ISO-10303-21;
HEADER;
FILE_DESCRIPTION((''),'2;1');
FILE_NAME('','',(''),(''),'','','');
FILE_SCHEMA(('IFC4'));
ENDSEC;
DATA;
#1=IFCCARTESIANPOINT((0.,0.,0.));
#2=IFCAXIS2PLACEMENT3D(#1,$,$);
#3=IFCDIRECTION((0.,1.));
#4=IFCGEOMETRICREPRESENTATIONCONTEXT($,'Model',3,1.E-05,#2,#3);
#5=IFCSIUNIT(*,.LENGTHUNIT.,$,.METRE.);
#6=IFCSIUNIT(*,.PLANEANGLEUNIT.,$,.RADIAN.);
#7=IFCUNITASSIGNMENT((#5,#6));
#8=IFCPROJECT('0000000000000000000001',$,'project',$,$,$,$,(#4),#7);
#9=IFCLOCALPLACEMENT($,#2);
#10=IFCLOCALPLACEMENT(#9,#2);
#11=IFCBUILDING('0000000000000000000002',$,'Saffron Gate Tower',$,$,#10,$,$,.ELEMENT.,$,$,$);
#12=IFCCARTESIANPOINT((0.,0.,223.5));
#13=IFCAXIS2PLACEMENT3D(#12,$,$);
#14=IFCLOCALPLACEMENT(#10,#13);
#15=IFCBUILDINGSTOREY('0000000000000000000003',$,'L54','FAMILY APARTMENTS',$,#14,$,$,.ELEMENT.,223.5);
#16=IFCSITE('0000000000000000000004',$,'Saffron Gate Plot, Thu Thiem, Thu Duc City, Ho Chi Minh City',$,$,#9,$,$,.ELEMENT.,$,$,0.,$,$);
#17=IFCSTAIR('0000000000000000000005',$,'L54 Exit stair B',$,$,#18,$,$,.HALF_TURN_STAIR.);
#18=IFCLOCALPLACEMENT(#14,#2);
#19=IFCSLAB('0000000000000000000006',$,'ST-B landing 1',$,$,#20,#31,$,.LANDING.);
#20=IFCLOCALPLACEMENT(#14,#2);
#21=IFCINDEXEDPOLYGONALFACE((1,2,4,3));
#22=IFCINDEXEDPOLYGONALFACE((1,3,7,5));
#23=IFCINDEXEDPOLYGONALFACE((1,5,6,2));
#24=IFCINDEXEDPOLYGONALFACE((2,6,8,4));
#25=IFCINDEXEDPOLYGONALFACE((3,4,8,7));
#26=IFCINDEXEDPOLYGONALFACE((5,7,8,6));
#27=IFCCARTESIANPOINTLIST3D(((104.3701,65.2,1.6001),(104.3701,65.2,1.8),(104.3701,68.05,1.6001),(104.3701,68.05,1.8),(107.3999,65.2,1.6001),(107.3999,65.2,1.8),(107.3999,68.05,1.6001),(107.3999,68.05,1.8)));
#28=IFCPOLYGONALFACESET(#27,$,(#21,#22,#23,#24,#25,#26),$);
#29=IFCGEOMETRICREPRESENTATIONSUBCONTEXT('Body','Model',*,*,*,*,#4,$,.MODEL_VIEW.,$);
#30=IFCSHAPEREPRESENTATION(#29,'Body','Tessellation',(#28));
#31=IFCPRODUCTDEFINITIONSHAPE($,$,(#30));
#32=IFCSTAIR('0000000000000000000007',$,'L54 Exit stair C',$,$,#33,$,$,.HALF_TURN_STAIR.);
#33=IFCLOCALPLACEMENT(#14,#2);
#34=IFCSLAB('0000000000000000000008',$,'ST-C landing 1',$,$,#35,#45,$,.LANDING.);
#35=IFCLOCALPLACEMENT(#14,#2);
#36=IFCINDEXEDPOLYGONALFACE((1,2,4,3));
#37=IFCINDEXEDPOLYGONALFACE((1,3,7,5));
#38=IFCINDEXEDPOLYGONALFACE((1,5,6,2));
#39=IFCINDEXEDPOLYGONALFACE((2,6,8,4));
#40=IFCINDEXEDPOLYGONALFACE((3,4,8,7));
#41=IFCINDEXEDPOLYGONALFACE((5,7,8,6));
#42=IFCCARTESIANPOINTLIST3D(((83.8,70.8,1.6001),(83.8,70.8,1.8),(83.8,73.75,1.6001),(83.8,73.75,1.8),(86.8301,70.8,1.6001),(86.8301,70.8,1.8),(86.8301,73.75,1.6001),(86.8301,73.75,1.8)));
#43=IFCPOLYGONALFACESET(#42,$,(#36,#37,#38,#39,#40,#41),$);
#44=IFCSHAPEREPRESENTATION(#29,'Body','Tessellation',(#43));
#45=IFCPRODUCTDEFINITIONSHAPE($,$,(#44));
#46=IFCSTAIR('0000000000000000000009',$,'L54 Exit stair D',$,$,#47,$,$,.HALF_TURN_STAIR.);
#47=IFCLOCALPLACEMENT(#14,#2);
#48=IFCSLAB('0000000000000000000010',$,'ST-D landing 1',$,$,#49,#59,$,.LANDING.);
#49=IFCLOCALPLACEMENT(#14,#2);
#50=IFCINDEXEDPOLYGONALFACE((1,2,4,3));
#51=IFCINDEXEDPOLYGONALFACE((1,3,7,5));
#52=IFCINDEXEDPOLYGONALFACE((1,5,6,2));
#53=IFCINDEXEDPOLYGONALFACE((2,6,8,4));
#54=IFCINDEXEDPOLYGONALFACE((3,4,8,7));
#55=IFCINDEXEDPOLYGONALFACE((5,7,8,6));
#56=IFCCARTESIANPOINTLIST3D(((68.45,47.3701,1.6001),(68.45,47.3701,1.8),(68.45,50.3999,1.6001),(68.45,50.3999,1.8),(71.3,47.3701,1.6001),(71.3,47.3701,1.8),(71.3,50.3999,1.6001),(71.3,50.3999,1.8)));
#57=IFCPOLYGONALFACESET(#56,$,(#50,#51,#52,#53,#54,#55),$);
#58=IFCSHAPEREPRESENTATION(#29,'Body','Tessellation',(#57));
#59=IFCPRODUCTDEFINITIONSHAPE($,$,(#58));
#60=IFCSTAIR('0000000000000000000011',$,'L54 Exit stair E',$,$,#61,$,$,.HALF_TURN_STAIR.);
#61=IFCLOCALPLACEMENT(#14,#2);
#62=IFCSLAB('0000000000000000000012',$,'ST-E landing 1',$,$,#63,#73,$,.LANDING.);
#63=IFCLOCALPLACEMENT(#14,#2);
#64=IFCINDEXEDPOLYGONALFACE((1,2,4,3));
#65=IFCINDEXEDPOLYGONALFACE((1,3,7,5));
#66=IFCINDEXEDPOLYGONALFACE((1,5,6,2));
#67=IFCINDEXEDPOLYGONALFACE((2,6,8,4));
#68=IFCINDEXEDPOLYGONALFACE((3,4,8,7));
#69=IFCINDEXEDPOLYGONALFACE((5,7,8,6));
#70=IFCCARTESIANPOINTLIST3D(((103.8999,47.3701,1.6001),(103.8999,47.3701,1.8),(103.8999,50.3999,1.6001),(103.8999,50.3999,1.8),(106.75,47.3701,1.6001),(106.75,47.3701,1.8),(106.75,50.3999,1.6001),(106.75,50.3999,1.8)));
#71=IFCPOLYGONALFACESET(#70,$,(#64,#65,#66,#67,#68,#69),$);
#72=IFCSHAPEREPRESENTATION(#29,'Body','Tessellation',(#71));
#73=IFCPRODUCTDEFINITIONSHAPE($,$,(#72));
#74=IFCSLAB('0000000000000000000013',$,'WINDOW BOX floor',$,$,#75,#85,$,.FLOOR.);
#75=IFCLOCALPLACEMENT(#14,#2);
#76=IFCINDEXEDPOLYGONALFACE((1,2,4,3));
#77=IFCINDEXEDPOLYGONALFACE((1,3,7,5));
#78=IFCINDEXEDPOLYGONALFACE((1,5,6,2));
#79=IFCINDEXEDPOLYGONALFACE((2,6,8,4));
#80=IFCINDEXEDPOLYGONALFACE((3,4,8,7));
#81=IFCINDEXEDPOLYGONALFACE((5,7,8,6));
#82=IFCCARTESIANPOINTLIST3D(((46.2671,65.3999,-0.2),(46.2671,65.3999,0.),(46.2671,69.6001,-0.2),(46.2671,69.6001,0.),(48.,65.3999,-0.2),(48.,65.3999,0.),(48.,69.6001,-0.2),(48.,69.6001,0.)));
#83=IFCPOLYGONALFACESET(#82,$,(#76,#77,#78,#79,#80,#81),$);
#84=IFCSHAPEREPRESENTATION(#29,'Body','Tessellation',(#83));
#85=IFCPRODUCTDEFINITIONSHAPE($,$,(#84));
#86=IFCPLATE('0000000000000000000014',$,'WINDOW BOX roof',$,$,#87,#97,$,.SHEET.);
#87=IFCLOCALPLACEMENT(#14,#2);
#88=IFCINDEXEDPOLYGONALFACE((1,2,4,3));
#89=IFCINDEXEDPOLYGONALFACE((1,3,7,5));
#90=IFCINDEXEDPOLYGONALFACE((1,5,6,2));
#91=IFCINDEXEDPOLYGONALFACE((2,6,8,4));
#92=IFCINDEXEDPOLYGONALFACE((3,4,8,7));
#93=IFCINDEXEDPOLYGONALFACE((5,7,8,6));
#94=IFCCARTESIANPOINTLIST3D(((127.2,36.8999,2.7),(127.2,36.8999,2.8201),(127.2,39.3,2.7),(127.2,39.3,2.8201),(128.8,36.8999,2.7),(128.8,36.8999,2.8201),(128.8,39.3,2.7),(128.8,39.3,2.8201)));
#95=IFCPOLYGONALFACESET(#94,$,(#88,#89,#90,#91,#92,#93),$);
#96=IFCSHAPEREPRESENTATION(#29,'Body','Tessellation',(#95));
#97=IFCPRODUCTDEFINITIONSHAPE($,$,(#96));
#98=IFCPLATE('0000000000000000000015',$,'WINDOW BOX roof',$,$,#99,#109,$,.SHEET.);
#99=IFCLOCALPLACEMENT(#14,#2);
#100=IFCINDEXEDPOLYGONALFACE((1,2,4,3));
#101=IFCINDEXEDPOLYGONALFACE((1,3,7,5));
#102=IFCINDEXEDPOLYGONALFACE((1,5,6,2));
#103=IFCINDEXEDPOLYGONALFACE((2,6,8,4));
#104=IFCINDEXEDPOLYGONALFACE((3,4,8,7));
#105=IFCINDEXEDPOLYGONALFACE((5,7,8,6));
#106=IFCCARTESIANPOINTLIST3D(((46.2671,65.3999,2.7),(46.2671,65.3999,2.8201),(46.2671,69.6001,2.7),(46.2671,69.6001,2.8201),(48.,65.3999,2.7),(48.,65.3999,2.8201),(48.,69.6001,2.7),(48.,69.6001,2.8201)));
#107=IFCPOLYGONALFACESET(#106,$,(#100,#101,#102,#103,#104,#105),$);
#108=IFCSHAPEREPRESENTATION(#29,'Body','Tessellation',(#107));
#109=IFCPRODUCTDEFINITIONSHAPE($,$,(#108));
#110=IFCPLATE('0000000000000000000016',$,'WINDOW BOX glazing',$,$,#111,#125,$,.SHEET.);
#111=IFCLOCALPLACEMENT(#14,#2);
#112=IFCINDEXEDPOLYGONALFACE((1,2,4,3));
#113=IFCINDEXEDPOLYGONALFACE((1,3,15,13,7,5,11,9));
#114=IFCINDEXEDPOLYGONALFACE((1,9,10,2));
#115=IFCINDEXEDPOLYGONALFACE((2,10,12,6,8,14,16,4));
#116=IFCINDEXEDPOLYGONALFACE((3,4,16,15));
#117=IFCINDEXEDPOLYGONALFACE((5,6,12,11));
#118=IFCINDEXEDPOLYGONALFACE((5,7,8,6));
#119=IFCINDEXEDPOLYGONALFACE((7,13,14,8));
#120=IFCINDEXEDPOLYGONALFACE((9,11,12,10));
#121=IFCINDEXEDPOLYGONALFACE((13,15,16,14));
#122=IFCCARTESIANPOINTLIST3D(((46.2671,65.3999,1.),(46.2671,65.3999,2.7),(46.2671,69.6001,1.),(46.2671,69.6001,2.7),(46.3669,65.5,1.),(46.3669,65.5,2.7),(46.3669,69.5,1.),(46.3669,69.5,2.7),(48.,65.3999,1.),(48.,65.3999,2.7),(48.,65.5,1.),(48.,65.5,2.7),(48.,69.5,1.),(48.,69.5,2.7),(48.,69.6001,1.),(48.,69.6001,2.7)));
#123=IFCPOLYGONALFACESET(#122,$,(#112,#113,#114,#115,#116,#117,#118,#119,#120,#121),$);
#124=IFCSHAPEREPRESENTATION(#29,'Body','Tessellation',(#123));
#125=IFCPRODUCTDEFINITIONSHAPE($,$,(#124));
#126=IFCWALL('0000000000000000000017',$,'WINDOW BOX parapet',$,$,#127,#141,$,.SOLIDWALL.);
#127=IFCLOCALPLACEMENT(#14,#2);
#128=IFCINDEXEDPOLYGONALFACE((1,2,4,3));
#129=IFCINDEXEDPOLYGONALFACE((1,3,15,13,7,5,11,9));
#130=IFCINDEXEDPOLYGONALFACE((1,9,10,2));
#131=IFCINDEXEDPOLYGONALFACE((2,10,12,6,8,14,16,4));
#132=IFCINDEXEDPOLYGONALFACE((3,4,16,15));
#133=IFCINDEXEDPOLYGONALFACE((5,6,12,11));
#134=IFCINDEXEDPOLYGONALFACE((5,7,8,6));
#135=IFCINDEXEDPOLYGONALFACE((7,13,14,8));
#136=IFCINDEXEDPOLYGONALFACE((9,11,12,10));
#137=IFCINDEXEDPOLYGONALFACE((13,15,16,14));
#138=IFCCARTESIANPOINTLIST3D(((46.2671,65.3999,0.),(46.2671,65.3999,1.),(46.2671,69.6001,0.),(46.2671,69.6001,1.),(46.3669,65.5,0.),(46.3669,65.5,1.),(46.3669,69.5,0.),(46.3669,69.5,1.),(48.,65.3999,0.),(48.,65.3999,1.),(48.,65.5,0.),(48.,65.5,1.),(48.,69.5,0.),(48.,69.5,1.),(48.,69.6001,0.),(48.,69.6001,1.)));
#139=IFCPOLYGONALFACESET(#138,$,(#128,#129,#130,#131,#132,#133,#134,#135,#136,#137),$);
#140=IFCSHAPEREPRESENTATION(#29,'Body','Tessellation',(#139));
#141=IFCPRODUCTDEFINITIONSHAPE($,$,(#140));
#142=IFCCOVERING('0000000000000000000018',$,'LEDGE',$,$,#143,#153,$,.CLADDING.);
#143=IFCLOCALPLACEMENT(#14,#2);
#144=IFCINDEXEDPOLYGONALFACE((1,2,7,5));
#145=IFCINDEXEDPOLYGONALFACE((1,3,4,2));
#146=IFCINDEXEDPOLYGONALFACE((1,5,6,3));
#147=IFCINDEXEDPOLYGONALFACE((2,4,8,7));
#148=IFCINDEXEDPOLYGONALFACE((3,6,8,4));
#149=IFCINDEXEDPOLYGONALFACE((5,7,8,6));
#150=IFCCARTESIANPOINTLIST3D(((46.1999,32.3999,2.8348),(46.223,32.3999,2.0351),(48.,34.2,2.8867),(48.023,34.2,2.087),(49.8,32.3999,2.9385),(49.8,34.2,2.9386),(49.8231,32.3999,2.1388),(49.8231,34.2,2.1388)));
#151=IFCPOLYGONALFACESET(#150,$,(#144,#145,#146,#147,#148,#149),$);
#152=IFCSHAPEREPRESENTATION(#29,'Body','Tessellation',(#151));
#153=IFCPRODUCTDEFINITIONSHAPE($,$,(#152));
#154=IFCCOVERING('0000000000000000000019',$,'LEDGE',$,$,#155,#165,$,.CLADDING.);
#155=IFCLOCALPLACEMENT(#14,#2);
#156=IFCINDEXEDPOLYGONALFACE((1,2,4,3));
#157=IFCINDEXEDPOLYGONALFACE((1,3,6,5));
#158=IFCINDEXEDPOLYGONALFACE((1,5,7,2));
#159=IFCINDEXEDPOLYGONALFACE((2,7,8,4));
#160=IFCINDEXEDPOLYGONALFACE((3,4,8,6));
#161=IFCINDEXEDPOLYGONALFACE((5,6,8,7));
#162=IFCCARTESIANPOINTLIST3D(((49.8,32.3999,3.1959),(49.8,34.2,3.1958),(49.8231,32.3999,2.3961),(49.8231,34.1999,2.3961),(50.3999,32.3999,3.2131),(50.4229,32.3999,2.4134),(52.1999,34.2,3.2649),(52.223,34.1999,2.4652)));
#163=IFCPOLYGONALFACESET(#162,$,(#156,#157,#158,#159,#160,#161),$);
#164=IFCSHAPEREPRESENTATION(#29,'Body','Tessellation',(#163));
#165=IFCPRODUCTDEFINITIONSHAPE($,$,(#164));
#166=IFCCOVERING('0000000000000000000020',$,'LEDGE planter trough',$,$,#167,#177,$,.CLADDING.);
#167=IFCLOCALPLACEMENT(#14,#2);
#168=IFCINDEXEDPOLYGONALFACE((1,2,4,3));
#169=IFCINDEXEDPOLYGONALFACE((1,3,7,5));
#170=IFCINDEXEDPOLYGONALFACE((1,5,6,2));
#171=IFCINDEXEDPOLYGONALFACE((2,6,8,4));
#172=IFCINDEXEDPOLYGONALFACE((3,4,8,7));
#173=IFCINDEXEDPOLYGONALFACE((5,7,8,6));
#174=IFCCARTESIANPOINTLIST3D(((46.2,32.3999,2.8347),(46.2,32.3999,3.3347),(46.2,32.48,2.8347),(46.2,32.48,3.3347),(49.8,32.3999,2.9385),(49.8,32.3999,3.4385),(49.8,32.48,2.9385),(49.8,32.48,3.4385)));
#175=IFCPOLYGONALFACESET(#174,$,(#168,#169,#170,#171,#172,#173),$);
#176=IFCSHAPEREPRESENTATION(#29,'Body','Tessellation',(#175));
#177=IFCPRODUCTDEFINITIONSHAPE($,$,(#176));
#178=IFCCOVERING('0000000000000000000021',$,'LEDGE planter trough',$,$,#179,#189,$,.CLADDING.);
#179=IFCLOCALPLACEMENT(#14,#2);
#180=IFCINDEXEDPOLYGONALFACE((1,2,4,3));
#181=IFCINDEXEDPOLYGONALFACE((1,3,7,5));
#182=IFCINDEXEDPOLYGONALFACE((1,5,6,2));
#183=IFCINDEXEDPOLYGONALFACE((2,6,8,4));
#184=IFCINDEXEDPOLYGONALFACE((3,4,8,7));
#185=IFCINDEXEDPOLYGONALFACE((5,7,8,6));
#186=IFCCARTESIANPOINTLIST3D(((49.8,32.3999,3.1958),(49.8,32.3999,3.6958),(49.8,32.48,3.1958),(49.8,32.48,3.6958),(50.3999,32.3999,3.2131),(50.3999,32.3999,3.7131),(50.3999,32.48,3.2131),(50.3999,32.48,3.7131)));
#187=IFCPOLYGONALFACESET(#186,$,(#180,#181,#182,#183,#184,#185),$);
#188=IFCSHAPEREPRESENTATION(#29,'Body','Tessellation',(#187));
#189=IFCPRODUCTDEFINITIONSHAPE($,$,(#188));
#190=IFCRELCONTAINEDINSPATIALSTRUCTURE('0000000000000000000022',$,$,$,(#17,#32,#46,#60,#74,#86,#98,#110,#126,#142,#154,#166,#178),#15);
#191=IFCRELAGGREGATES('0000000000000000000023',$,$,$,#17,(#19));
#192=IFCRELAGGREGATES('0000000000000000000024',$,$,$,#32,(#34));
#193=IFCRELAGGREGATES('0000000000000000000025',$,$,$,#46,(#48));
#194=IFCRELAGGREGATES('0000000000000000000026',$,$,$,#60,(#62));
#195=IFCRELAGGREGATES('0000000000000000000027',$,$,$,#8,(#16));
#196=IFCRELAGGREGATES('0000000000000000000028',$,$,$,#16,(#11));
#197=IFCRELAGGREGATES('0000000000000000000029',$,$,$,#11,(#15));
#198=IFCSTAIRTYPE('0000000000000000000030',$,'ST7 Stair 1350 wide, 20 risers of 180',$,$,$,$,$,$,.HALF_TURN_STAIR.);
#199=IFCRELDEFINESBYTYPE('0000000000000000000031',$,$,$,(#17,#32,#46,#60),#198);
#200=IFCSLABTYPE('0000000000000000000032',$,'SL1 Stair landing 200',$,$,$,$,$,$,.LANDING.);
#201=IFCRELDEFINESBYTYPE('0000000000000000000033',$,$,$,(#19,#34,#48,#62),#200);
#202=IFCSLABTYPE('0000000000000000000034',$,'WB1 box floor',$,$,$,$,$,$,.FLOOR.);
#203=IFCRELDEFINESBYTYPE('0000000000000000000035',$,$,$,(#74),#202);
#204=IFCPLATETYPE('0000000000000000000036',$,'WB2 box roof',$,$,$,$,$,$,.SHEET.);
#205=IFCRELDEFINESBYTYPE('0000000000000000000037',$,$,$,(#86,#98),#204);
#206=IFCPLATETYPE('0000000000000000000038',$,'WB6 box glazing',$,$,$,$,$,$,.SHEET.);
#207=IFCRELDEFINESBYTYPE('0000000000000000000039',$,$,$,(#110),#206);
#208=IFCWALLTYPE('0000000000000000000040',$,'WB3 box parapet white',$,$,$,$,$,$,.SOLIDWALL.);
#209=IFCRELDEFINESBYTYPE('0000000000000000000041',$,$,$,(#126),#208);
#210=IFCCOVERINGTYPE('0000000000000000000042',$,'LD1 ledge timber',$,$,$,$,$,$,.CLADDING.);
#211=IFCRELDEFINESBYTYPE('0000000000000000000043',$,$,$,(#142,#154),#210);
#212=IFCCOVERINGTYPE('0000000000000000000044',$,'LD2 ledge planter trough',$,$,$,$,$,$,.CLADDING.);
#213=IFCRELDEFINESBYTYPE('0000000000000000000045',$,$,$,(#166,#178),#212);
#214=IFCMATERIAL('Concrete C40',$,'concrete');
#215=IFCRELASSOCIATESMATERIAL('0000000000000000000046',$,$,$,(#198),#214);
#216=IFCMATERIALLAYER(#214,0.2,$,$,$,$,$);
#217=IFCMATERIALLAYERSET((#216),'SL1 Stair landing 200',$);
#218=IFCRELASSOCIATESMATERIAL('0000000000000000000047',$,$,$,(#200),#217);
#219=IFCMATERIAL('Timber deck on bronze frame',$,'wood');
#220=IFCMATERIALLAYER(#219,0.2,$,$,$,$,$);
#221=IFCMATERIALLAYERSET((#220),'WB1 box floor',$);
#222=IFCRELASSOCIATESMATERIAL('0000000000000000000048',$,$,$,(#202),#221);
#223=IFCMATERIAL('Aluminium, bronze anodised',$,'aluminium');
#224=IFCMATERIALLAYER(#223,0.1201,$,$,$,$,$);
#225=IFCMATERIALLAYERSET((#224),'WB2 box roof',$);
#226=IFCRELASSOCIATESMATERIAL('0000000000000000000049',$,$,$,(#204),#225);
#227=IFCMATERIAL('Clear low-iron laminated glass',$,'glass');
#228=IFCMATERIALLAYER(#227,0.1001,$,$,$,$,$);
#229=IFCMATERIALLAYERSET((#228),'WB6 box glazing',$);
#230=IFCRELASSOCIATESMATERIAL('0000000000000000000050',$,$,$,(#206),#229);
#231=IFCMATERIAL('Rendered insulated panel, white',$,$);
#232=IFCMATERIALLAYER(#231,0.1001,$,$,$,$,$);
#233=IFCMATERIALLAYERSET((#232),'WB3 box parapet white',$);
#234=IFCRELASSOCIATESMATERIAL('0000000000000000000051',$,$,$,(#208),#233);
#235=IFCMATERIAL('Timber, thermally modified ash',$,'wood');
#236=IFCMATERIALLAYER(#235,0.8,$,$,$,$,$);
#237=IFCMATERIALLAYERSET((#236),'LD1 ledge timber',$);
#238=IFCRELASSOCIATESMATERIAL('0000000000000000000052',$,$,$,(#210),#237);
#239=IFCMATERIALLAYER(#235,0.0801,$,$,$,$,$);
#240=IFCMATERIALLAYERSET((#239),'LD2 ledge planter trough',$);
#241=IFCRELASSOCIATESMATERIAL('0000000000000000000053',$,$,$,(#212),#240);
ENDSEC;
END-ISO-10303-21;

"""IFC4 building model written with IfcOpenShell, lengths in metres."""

from ifc_helpers import new_model, si_unit, direction, frame, origin, place, context, subcontext, project, spatial, polyline, outline, extrude, material, layer, layer_set, type_object, element, aggregate, save


model = new_model("IFC4")

# Units and contexts
model_context = context("Model", 3, precision=1e-05, world=origin(), true_north=direction((0.0, 1.0)))
body_context = subcontext(model_context, "Body", "Model", "MODEL_VIEW")
ifc_project = project(units=[si_unit("LENGTHUNIT", "METRE"), si_unit("PLANEANGLEUNIT", "RADIAN")], contexts=[model_context])

# Site, building, storey
site_placement = place(None, origin())
site = spatial("IfcSite", under=ifc_project, at=site_placement, Name="Saffron Gate Plot, Thu Thiem, Thu Duc City, Ho Chi Minh City", CompositionType="ELEMENT", RefElevation=0.0)
building_placement = place(site_placement, origin())
building = spatial("IfcBuilding", under=site, at=building_placement, Name="Saffron Gate Tower", CompositionType="ELEMENT")
storey_placement = place(building_placement, frame((0.0, 0.0, 223.5)))
storey = spatial("IfcBuildingStorey", under=building, at=storey_placement, Name="L54", Description="FAMILY APARTMENTS", CompositionType="ELEMENT", Elevation=223.5)

# Shared definitions
ifc_material_1 = material(Name="Aluminium, bronze anodised", Category="aluminium")

# Stairs, slabs
ifc_material_2 = material(Name="Concrete C40", Category="concrete")
stair_type = type_object("IfcStairType", Name="ST7 Stair 1350 wide, 20 risers of 180", PredefinedType="HALF_TURN_STAIR", material=ifc_material_2)
ifc_layer_1 = layer(ifc_material_2, 0.2)
ifc_layer_set_1 = layer_set([ifc_layer_1], Name="SL1 Stair landing 200")
slab_type_1 = type_object("IfcSlabType", Name="SL1 Stair landing 200", PredefinedType="LANDING", material=ifc_layer_set_1)
stair_1_placement = place(storey_placement, origin())
stair_1 = element("IfcStair", 1, at=stair_1_placement, inside=storey, type_object=stair_type, Name="L54 Exit stair B", PredefinedType="HALF_TURN_STAIR")
slab_1_placement = place(storey_placement, frame((0.0, 0.0, 1.6001)))
slab_1 = element("IfcSlab", 2, at=slab_1_placement, type_object=slab_type_1, Name="ST-B landing 1", PredefinedType="LANDING", context=body_context, shape_type="SweptSolid", body=[
    extrude(outline(polyline([(104.3701, 65.2), (107.3999, 65.2), (107.3999, 68.05), (104.3701, 68.05), (104.3701, 65.2)])), origin(), (0.0, 0.0, 1.0), 0.2),
])
aggregate(stair_1, [slab_1])
stair_2_placement = place(storey_placement, origin())
stair_2 = element("IfcStair", 3, at=stair_2_placement, inside=storey, type_object=stair_type, Name="L54 Exit stair C", PredefinedType="HALF_TURN_STAIR")
slab_2_placement = place(storey_placement, frame((0.0, 0.0, 1.6001)))
slab_2 = element("IfcSlab", 4, at=slab_2_placement, type_object=slab_type_1, Name="ST-C landing 1", PredefinedType="LANDING", context=body_context, shape_type="SweptSolid", body=[
    extrude(outline(polyline([(86.8301, 73.75), (83.8, 73.75), (83.8, 70.8), (86.8301, 70.8), (86.8301, 73.75)])), origin(), (0.0, 0.0, 1.0), 0.2),
])
aggregate(stair_2, [slab_2])
stair_3_placement = place(storey_placement, origin())
stair_3 = element("IfcStair", 5, at=stair_3_placement, inside=storey, type_object=stair_type, Name="L54 Exit stair D", PredefinedType="HALF_TURN_STAIR")
slab_3_placement = place(storey_placement, frame((0.0, 0.0, 1.6001)))
slab_3 = element("IfcSlab", 6, at=slab_3_placement, type_object=slab_type_1, Name="ST-D landing 1", PredefinedType="LANDING", context=body_context, shape_type="SweptSolid", body=[
    extrude(outline(polyline([(71.3, 47.3701), (71.3, 50.3999), (68.45, 50.3999), (68.45, 47.3701), (71.3, 47.3701)])), origin(), (0.0, 0.0, 1.0), 0.2),
])
aggregate(stair_3, [slab_3])
stair_4_placement = place(storey_placement, origin())
stair_4 = element("IfcStair", 7, at=stair_4_placement, inside=storey, type_object=stair_type, Name="L54 Exit stair E", PredefinedType="HALF_TURN_STAIR")
slab_4_placement = place(storey_placement, frame((0.0, 0.0, 1.6001)))
slab_4 = element("IfcSlab", 8, at=slab_4_placement, type_object=slab_type_1, Name="ST-E landing 1", PredefinedType="LANDING", context=body_context, shape_type="SweptSolid", body=[
    extrude(outline(polyline([(106.75, 47.3701), (106.75, 50.3999), (103.8999, 50.3999), (103.8999, 47.3701), (106.75, 47.3701)])), origin(), (0.0, 0.0, 1.0), 0.2),
])
aggregate(stair_4, [slab_4])

# Slab
ifc_material_3 = material(Name="Timber deck on bronze frame", Category="wood")
ifc_layer_2 = layer(ifc_material_3, 0.2)
ifc_layer_set_2 = layer_set([ifc_layer_2], Name="WB1 box floor")
slab_type_2 = type_object("IfcSlabType", Name="WB1 box floor", PredefinedType="FLOOR", material=ifc_layer_set_2)
slab_5_placement = place(storey_placement, frame((0.0, 0.0, -0.2)))
element("IfcSlab", 9, at=slab_5_placement, inside=storey, type_object=slab_type_2, Name="WINDOW BOX floor", PredefinedType="FLOOR", context=body_context, shape_type="SweptSolid", body=[
    extrude(outline(polyline([(48.0, 69.6001), (48.0, 65.3999), (46.2671, 65.3999), (46.2671, 69.6001), (48.0, 69.6001)])), origin(), (0.0, 0.0, 1.0), 0.2),
])

# Plates
ifc_layer_3 = layer(ifc_material_1, 0.1201)
ifc_layer_set_3 = layer_set([ifc_layer_3], Name="WB2 box roof")
plate_type_1 = type_object("IfcPlateType", Name="WB2 box roof", PredefinedType="SHEET", material=ifc_layer_set_3)
plate_1_placement = place(storey_placement, frame((0.0, 0.0, 2.7)))
element("IfcPlate", 10, at=plate_1_placement, inside=storey, type_object=plate_type_1, Name="WINDOW BOX roof", PredefinedType="SHEET", context=body_context, shape_type="SweptSolid", body=[
    extrude(outline(polyline([(127.2, 36.8999), (127.2, 39.3), (128.8, 39.3), (128.8, 36.8999), (127.2, 36.8999)])), origin(), (0.0, 0.0, 1.0), 0.1201),
])
plate_2_placement = place(storey_placement, frame((0.0, 0.0, 2.7)))
element("IfcPlate", 11, at=plate_2_placement, inside=storey, type_object=plate_type_1, Name="WINDOW BOX roof", PredefinedType="SHEET", context=body_context, shape_type="SweptSolid", body=[
    extrude(outline(polyline([(48.0, 69.6001), (48.0, 65.3999), (46.2671, 65.3999), (46.2671, 69.6001), (48.0, 69.6001)])), origin(), (0.0, 0.0, 1.0), 0.1201),
])
ifc_material_4 = material(Name="Clear low-iron laminated glass", Category="glass")
ifc_layer_4 = layer(ifc_material_4, 0.1001)
ifc_layer_set_4 = layer_set([ifc_layer_4], Name="WB6 box glazing")
plate_type_2 = type_object("IfcPlateType", Name="WB6 box glazing", PredefinedType="SHEET", material=ifc_layer_set_4)
plate_3_placement = place(storey_placement, frame((0.0, 0.0, 1.0)))
element("IfcPlate", 12, at=plate_3_placement, inside=storey, type_object=plate_type_2, Name="WINDOW BOX glazing", PredefinedType="SHEET", context=body_context, shape_type="SweptSolid", body=[
    extrude(outline(polyline([(48.0, 69.6001), (48.0, 69.5), (46.3669, 69.5), (46.3669, 65.5), (48.0, 65.5), (48.0, 65.3999), (46.2671, 65.3999), (46.2671, 69.6001), (48.0, 69.6001)])), origin(), (0.0, 0.0, 1.0), 1.7),
])

# Wall
ifc_material_5 = material(Name="Rendered insulated panel, white")
ifc_layer_5 = layer(ifc_material_5, 0.1001)
ifc_layer_set_5 = layer_set([ifc_layer_5], Name="WB3 box parapet white")
wall_type = type_object("IfcWallType", Name="WB3 box parapet white", PredefinedType="SOLIDWALL", material=ifc_layer_set_5)
wall_placement = place(storey_placement, origin())
element("IfcWall", 13, at=wall_placement, inside=storey, type_object=wall_type, Name="WINDOW BOX parapet", PredefinedType="SOLIDWALL", context=body_context, shape_type="SweptSolid", body=[
    extrude(outline(polyline([(48.0, 69.6001), (48.0, 69.5), (46.3669, 69.5), (46.3669, 65.5), (48.0, 65.5), (48.0, 65.3999), (46.2671, 65.3999), (46.2671, 69.6001), (48.0, 69.6001)])), origin(), (0.0, 0.0, 1.0), 1.0),
])

# Coverings
ifc_material_6 = material(Name="Timber, thermally modified ash", Category="wood")
ifc_layer_6 = layer(ifc_material_6, 0.8)
ifc_layer_set_6 = layer_set([ifc_layer_6], Name="LD1 ledge timber")
covering_type_1 = type_object("IfcCoveringType", Name="LD1 ledge timber", PredefinedType="CLADDING", material=ifc_layer_set_6)
covering_1_placement = place(storey_placement, frame((48.0, 34.2, 2.8867), z_axis=(-0.028787, -0.000045, 0.999586), x_axis=(0.999586, 0.0, 0.028787)))
element("IfcCovering", 14, at=covering_1_placement, inside=storey, type_object=covering_type_1, Name="LEDGE", PredefinedType="CLADDING", context=body_context, shape_type="SweptSolid", body=[
    extrude(outline(polyline([(0.0, 0.0), (1.8008, 0.0), (1.8008, -1.8), (-1.8008, -1.8), (0.0, 0.0)])), origin(), (0.0, 0.0, -1.0), 0.8),
])
covering_2_placement = place(storey_placement, frame((49.8, 34.2, 3.1958), z_axis=(-0.028799, 0.000029, 0.999585), x_axis=(0.999585, 0.0, 0.028799)))
element("IfcCovering", 15, at=covering_2_placement, inside=storey, type_object=covering_type_1, Name="LEDGE", PredefinedType="CLADDING", context=body_context, shape_type="SweptSolid", body=[
    extrude(outline(polyline([(0.0, 0.0), (2.4009, 0.0), (0.6001, -1.8), (0.0, -1.8), (0.0, 0.0)])), origin(), (0.0, 0.0, -1.0), 0.8),
])
ifc_layer_7 = layer(ifc_material_6, 0.0801)
ifc_layer_set_7 = layer_set([ifc_layer_7], Name="LD2 ledge planter trough")
covering_type_2 = type_object("IfcCoveringType", Name="LD2 ledge planter trough", PredefinedType="CLADDING", material=ifc_layer_set_7)
covering_3_placement = place(storey_placement, frame((46.2, 32.3999, 2.8347), z_axis=(0.0, -1.0, 0.0), x_axis=(0.999585, 0.0, 0.028809)))
element("IfcCovering", 16, at=covering_3_placement, inside=storey, type_object=covering_type_2, Name="LEDGE planter trough", PredefinedType="CLADDING", context=body_context, shape_type="SweptSolid", body=[
    extrude(outline(polyline([(0.0, 0.0), (3.6016, 0.0), (3.616, 0.4998), (0.0144, 0.4998), (0.0, 0.0)])), origin(), (0.0, 0.0, -1.0), 0.0801),
])
covering_4_placement = place(storey_placement, frame((49.8, 32.3999, 3.1958), z_axis=(0.0, -1.0, 0.0), x_axis=(0.999583, 0.0, 0.028885)))
element("IfcCovering", 17, at=covering_4_placement, inside=storey, type_object=covering_type_2, Name="LEDGE planter trough", PredefinedType="CLADDING", context=body_context, shape_type="SweptSolid", body=[
    extrude(outline(polyline([(0.0, 0.0), (0.6001, 0.0), (0.6145, 0.4998), (0.0144, 0.4998), (0.0, 0.0)])), origin(), (0.0, 0.0, -1.0), 0.0801),
])

save(model, "model.ifc")
